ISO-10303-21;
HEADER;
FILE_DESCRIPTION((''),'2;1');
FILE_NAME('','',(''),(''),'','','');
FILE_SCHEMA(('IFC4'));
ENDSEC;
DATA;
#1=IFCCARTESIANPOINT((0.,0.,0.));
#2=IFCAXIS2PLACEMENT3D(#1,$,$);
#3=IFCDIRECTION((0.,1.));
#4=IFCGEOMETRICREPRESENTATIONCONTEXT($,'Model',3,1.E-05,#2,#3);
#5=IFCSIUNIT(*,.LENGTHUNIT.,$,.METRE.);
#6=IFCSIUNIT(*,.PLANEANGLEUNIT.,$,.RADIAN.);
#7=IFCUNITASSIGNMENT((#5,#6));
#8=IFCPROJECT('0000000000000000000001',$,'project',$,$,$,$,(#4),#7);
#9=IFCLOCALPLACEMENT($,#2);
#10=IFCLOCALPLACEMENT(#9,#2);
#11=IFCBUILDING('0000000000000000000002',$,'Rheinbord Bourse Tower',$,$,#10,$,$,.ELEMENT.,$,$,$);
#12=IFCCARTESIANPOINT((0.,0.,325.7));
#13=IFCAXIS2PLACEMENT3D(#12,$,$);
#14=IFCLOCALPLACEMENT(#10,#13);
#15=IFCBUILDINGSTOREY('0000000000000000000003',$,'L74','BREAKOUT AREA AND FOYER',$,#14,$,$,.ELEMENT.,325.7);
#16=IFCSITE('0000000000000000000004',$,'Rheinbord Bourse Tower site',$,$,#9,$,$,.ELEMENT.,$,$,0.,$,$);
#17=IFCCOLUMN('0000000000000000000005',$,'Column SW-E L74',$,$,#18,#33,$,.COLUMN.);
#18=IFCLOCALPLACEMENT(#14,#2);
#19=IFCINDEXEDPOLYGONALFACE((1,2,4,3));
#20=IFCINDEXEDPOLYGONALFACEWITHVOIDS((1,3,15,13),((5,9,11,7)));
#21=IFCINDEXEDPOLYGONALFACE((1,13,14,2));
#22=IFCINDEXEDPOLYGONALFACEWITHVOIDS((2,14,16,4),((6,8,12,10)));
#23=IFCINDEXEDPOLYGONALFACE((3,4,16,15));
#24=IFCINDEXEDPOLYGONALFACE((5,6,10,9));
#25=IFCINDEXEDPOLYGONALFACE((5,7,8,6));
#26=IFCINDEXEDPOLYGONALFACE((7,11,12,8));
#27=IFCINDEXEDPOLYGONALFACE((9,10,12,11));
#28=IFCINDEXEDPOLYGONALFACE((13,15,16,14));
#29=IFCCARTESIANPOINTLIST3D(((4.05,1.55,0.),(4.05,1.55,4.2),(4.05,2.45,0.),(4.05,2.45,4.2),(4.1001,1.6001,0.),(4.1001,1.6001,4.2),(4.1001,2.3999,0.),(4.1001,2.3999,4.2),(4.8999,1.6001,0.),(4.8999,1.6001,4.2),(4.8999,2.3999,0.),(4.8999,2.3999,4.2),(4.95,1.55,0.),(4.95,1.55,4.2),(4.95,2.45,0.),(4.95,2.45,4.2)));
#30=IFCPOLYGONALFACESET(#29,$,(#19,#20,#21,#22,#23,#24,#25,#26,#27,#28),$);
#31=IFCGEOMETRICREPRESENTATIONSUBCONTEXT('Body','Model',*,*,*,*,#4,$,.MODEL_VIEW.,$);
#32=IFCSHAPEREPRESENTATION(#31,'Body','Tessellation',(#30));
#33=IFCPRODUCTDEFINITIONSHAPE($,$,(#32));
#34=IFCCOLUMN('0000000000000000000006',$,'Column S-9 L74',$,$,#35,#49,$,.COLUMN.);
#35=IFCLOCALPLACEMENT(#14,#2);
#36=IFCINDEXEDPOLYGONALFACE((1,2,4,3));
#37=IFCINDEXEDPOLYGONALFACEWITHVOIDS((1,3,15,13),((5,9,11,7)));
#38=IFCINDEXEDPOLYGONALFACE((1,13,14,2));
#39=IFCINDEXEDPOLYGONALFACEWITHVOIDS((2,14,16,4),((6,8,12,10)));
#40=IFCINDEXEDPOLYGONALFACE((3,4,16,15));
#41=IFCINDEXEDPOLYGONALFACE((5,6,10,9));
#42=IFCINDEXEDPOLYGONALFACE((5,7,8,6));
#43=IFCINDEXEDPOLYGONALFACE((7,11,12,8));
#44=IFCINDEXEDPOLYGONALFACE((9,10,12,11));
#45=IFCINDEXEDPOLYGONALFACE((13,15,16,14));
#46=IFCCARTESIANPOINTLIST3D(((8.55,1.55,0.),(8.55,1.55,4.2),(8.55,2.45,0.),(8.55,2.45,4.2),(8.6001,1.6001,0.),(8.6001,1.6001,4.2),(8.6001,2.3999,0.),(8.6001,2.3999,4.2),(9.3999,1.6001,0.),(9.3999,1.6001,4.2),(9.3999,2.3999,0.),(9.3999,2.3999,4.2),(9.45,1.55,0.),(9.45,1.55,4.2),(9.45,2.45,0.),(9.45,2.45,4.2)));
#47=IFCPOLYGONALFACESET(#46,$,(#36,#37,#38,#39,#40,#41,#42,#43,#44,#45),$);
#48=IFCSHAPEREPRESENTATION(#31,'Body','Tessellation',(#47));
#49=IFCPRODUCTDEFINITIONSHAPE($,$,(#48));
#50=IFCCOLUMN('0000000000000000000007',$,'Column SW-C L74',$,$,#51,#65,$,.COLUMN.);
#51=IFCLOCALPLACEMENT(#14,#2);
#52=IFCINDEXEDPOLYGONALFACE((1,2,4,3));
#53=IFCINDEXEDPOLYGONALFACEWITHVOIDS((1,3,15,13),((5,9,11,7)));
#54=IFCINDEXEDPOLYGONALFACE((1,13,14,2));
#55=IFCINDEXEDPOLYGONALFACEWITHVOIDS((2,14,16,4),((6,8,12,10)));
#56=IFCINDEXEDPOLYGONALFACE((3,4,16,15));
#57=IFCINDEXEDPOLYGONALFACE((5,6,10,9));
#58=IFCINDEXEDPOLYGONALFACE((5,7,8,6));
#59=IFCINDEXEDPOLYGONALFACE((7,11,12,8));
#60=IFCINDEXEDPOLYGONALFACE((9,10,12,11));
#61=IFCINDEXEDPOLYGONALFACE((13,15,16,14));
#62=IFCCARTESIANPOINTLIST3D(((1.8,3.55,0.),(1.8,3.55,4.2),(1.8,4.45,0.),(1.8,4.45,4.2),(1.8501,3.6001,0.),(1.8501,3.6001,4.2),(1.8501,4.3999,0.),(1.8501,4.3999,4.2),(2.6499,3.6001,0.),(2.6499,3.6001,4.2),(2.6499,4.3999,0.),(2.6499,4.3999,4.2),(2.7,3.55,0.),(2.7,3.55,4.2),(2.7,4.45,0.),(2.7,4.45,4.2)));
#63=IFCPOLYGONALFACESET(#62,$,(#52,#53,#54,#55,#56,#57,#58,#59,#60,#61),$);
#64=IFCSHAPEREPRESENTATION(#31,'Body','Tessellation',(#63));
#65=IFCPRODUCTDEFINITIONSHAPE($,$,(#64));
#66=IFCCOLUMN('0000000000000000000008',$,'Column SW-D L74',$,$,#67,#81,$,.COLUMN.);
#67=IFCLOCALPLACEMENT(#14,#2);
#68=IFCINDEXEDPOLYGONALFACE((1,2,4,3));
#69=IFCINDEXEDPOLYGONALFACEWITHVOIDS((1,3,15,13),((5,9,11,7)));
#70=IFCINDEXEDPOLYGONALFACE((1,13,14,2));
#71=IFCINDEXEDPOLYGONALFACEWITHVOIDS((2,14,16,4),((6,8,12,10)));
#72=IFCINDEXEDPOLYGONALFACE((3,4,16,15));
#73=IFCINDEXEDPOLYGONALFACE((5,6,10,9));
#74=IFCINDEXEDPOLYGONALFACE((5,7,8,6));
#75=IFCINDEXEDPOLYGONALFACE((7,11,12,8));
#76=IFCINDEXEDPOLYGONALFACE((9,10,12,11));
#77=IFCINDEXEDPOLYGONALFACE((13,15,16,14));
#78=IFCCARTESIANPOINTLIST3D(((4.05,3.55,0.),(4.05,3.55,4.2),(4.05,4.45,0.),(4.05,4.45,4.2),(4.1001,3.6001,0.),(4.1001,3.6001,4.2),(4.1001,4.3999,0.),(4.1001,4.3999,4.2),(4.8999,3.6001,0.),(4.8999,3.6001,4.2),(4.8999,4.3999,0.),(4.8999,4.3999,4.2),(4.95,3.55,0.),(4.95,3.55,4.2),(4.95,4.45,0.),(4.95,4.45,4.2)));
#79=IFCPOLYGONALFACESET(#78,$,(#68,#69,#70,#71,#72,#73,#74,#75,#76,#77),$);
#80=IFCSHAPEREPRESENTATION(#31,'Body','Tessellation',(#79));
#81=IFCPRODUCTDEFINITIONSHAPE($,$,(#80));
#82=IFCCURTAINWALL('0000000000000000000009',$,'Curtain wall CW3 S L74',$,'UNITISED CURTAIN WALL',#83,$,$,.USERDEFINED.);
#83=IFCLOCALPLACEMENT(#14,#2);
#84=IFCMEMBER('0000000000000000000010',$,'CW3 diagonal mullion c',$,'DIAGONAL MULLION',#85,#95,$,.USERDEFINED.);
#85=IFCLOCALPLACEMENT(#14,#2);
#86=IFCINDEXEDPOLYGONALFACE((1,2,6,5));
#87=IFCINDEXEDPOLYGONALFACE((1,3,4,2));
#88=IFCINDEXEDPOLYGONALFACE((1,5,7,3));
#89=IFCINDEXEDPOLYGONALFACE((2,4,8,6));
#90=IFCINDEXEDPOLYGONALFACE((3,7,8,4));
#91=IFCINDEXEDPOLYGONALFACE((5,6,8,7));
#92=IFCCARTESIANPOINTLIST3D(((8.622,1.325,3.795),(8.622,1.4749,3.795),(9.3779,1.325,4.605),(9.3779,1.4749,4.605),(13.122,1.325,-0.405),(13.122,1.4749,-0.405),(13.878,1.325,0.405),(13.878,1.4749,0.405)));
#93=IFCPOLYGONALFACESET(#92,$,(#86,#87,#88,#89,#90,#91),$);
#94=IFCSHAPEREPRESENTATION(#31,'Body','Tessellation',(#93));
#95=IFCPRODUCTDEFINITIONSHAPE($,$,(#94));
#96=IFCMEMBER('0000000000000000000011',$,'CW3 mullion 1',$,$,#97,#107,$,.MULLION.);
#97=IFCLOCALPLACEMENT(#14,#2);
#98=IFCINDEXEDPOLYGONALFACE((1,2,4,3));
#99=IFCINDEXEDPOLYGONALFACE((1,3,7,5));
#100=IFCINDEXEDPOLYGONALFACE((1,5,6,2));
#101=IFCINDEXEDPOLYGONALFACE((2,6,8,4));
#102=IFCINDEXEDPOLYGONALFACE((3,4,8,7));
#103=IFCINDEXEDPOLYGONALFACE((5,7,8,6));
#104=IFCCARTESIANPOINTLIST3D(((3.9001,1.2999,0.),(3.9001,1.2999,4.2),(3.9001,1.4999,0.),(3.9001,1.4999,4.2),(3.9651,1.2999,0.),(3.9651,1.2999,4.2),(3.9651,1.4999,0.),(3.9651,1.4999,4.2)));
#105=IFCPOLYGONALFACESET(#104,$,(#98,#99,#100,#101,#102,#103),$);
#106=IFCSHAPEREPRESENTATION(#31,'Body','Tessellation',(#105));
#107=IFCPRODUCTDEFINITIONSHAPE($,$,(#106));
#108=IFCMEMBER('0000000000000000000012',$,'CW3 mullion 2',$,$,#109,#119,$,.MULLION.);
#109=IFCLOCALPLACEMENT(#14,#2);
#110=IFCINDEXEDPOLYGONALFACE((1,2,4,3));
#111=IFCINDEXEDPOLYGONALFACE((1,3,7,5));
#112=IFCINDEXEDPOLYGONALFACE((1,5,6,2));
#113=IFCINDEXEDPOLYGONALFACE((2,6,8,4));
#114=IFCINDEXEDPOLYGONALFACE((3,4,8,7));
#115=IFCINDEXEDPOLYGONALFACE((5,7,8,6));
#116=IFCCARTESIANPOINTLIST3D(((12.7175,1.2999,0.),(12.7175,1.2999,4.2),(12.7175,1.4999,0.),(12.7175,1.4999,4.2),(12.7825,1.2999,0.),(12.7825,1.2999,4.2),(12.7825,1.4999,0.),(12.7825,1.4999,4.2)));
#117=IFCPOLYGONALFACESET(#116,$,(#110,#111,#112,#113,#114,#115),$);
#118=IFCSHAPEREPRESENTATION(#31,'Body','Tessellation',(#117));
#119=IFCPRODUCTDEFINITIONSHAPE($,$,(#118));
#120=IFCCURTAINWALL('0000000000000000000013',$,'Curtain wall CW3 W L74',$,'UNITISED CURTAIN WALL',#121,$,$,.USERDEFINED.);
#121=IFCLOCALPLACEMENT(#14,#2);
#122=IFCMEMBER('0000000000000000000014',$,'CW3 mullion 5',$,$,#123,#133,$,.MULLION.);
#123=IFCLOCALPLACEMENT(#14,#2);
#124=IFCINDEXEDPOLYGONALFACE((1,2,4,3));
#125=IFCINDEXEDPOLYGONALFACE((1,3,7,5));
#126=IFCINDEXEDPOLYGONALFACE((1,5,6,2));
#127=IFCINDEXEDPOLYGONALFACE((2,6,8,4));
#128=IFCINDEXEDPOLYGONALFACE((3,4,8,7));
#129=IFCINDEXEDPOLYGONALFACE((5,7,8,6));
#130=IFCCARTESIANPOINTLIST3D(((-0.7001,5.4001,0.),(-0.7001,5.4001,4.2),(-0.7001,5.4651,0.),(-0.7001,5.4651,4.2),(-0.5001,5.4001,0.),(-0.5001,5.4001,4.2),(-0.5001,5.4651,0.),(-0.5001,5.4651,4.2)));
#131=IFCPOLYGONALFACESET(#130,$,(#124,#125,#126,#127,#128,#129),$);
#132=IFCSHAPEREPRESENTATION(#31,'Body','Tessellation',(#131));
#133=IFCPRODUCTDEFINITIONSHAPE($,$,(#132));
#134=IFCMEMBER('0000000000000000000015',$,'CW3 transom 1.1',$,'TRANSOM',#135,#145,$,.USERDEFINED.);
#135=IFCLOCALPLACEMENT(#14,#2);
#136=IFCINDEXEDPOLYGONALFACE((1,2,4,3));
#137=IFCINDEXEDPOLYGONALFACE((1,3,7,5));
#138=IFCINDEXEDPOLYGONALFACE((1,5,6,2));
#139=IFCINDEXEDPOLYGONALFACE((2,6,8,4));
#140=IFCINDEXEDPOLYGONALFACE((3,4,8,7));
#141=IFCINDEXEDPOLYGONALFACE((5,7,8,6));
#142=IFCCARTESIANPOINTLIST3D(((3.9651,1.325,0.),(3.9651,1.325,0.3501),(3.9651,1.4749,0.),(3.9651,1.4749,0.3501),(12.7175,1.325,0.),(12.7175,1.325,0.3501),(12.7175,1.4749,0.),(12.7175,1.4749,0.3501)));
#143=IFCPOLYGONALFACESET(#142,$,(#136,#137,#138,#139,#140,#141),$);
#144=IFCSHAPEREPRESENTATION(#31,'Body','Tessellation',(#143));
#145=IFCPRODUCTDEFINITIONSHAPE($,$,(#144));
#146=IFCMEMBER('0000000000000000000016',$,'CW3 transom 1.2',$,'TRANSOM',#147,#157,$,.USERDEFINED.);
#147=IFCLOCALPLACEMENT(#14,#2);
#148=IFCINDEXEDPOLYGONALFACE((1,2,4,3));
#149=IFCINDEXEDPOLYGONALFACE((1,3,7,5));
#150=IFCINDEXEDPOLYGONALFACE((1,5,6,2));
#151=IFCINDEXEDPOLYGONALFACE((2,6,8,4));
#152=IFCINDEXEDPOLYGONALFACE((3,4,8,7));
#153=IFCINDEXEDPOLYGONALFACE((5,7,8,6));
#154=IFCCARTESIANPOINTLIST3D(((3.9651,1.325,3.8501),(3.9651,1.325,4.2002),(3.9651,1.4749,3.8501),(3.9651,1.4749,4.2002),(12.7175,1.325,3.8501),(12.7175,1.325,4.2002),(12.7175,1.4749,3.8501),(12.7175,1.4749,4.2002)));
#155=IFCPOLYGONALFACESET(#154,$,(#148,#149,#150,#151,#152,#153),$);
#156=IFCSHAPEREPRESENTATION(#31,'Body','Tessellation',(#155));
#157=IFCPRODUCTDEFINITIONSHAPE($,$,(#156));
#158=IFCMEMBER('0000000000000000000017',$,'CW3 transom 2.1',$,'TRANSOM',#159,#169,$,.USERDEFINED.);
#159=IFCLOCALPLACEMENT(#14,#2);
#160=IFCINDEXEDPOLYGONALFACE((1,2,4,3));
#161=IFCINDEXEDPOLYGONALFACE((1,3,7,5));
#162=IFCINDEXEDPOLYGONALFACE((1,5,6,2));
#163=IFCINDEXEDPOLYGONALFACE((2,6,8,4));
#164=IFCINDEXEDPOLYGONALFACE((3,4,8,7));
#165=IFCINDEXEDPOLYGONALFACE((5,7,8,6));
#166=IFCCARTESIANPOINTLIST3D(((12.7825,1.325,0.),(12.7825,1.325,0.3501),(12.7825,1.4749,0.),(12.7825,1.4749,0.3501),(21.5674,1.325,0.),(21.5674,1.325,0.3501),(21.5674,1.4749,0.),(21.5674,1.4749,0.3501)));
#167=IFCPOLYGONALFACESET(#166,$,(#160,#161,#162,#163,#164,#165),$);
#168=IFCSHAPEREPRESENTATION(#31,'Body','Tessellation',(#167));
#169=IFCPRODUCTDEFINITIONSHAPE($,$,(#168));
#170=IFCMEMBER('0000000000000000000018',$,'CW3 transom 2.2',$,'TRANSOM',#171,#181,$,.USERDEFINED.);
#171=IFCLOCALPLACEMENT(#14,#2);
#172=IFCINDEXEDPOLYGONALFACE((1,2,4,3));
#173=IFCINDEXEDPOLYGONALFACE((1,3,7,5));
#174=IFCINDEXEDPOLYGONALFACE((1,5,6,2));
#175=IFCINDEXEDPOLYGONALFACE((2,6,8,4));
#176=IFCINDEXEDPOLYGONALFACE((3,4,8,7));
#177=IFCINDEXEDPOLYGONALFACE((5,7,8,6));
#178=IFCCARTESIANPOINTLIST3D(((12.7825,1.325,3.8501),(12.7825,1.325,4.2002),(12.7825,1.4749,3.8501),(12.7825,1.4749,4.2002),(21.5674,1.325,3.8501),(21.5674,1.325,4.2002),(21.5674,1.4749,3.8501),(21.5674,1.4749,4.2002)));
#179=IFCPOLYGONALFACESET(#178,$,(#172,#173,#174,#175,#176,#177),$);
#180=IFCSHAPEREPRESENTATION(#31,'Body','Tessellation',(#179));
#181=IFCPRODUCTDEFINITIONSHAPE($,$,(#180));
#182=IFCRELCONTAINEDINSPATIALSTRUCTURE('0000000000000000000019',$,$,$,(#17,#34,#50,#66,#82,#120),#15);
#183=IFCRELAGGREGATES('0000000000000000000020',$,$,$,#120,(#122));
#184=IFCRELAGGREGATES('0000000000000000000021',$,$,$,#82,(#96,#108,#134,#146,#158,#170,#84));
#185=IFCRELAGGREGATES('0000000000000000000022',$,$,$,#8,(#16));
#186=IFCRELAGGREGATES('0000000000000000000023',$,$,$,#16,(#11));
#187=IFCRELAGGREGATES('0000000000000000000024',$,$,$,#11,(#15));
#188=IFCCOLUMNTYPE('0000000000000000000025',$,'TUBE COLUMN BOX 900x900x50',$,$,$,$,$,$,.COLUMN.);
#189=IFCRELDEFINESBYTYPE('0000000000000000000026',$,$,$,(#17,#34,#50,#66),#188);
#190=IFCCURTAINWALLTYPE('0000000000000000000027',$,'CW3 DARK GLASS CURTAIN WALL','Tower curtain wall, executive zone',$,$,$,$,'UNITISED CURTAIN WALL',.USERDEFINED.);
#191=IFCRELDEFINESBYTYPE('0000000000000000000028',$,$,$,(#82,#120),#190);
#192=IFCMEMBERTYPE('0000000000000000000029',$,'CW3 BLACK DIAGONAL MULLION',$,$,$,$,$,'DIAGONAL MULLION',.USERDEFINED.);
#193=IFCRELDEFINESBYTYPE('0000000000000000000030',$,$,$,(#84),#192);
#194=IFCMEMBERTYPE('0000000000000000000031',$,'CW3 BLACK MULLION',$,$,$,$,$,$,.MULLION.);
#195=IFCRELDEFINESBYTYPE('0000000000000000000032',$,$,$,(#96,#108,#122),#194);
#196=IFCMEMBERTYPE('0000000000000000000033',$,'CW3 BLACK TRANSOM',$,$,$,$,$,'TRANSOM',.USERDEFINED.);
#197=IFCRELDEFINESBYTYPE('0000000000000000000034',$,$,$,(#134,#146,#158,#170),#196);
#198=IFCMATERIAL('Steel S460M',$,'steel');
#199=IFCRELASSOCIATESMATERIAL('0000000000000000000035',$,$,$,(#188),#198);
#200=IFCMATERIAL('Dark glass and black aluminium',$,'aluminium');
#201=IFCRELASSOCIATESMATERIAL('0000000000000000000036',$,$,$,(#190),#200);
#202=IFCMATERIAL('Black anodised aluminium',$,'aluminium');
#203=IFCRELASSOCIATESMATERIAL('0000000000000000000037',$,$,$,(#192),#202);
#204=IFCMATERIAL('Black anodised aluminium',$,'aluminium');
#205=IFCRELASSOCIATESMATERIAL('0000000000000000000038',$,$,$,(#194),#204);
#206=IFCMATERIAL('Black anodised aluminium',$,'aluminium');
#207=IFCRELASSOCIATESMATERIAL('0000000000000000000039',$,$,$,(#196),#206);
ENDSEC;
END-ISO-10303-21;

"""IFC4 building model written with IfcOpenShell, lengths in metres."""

from ifc_helpers import new_model, si_unit, direction, frame, origin, origin_2d, place, context, subcontext, project, spatial, rectangle, hollow_rectangle, extrude, material, material_profile, profile_set, type_object, element, aggregate, save


model = new_model("IFC4")

# Units and contexts
model_context = context("Model", 3, precision=1e-05, world=origin(), true_north=direction((0.0, 1.0)))
body_context = subcontext(model_context, "Body", "Model", "MODEL_VIEW")
ifc_project = project(units=[si_unit("LENGTHUNIT", "METRE"), si_unit("PLANEANGLEUNIT", "RADIAN")], contexts=[model_context])

# Site, building, storey
site_placement = place(None, origin())
site = spatial("IfcSite", under=ifc_project, at=site_placement, Name="Rheinbord Bourse Tower site", CompositionType="ELEMENT", RefElevation=0.0)
building_placement = place(site_placement, origin())
building = spatial("IfcBuilding", under=site, at=building_placement, Name="Rheinbord Bourse Tower", CompositionType="ELEMENT")
storey_placement = place(building_placement, frame((0.0, 0.0, 325.7)))
storey = spatial("IfcBuildingStorey", under=building, at=storey_placement, Name="L74", Description="BREAKOUT AREA AND FOYER", CompositionType="ELEMENT", Elevation=325.7)

# Columns
ifc_material_1 = material(Name="Steel S460M", Category="steel")
ifc_material_profile_1 = material_profile(ifc_material_1, hollow_rectangle(XDim=0.8999, YDim=0.8999, WallThickness=0.05, at=origin_2d()), Name="BOX 900x900x50")
ifc_profile_set_1 = profile_set([ifc_material_profile_1], Name="Steel S460M")
column_type = type_object("IfcColumnType", Name="TUBE COLUMN BOX 900x900x50", PredefinedType="COLUMN", material=ifc_profile_set_1)
for number, where, z_axis, x_axis, name in (
    (1, (4.5, 2.0, 0.0), (0.0, 0.0, 1.0), (0.0, 1.0, 0.0), "Column SW-E L74"),
    (2, (9.0, 2.0, 0.0), (0.0, 0.0, 1.0), (0.0, 1.0, 0.0), "Column S-9 L74"),
    (3, (2.25, 4.0, 0.0), (0.0, 0.0, 1.0), (1.0, 0.0, 0.0), "Column SW-C L74"),
    (4, (4.5, 4.0, 0.0), (0.0, 0.0, 1.0), (0.0, 1.0, 0.0), "Column SW-D L74"),
):
    element("IfcColumn", number, at=place(storey_placement, frame(where, z_axis=z_axis, x_axis=x_axis)), inside=storey, type_object=column_type, Name=name, PredefinedType="COLUMN", context=body_context, shape_type="SweptSolid", body=[
        extrude(hollow_rectangle(XDim=0.8999, YDim=0.8999, WallThickness=0.05, at=origin_2d()), origin(), (0.0, 0.0, 1.0), 4.2),
    ])

# Curtain wall, members
ifc_material_2 = material(Name="Dark glass and black aluminium", Category="aluminium")
curtain_wall_type = type_object("IfcCurtainWallType", Name="CW3 DARK GLASS CURTAIN WALL", Description="Tower curtain wall, executive zone", ElementType="UNITISED CURTAIN WALL", PredefinedType="USERDEFINED", material=ifc_material_2)
curtain_wall_1_placement = place(storey_placement, origin())
curtain_wall_1 = element("IfcCurtainWall", 5, at=curtain_wall_1_placement, inside=storey, type_object=curtain_wall_type, Name="Curtain wall CW3 S L74", ObjectType="UNITISED CURTAIN WALL", PredefinedType="USERDEFINED")
ifc_material_3 = material(Name="Black anodised aluminium", Category="aluminium")
ifc_material_profile_2 = material_profile(ifc_material_3, rectangle(XDim=0.1499, YDim=1.1079, at=origin_2d()), Name="CW3 DIAGONAL MULLION 1108x150")
ifc_profile_set_2 = profile_set([ifc_material_profile_2], Name="Black anodised aluminium")
member_type_1 = type_object("IfcMemberType", Name="CW3 BLACK DIAGONAL MULLION", ElementType="DIAGONAL MULLION", PredefinedType="USERDEFINED", material=ifc_profile_set_2)
member_1_placement = place(storey_placement, frame((13.5, 1.3999, 0.0), z_axis=(-0.731059, 0.0, 0.682314), x_axis=(0.0, -1.0, 0.0)))
member_1 = element("IfcMember", 6, at=member_1_placement, type_object=member_type_1, Name="CW3 diagonal mullion c", ObjectType="DIAGONAL MULLION", PredefinedType="USERDEFINED", context=body_context, shape_type="SweptSolid", body=[
    extrude(rectangle(XDim=0.1499, YDim=1.1079, at=origin_2d()), origin(), (0.0, 0.0, 1.0), 6.1555),
])
ifc_material_4 = material(Name="Black anodised aluminium", Category="aluminium")
ifc_material_profile_3 = material_profile(ifc_material_4, rectangle(XDim=0.2, YDim=0.0649, at=origin_2d()), Name="CW3 MULLION 65x200")
ifc_profile_set_3 = profile_set([ifc_material_profile_3], Name="Black anodised aluminium")
member_type_2 = type_object("IfcMemberType", Name="CW3 BLACK MULLION", PredefinedType="MULLION", material=ifc_profile_set_3)
member_2_placement = place(storey_placement, frame((3.9326, 1.3999, 0.0), z_axis=(0.0, 0.0, 1.0), x_axis=(0.0, 1.0, 0.0)))
member_2 = element("IfcMember", 7, at=member_2_placement, type_object=member_type_2, Name="CW3 mullion 1", PredefinedType="MULLION", context=body_context, shape_type="SweptSolid", body=[
    extrude(rectangle(XDim=0.2, YDim=0.0649, at=origin_2d()), origin(), (0.0, 0.0, 1.0), 4.2),
])
member_3_placement = place(storey_placement, frame((12.75, 1.3999, 0.0), z_axis=(0.0, 0.0, 1.0), x_axis=(0.0, 1.0, 0.0)))
member_3 = element("IfcMember", 8, at=member_3_placement, type_object=member_type_2, Name="CW3 mullion 2", PredefinedType="MULLION", context=body_context, shape_type="SweptSolid", body=[
    extrude(rectangle(XDim=0.2, YDim=0.0649, at=origin_2d()), origin(), (0.0, 0.0, 1.0), 4.2),
])

# Curtain wall, member
curtain_wall_2_placement = place(storey_placement, origin())
curtain_wall_2 = element("IfcCurtainWall", 9, at=curtain_wall_2_placement, inside=storey, type_object=curtain_wall_type, Name="Curtain wall CW3 W L74", ObjectType="UNITISED CURTAIN WALL", PredefinedType="USERDEFINED")
member_4_placement = place(storey_placement, frame((-0.6001, 5.4326, 0.0), z_axis=(0.0, 0.0, 1.0), x_axis=(1.0, 0.0, 0.0)))
member_4 = element("IfcMember", 10, at=member_4_placement, type_object=member_type_2, Name="CW3 mullion 5", PredefinedType="MULLION", context=body_context, shape_type="SweptSolid", body=[
    extrude(rectangle(XDim=0.2, YDim=0.0649, at=origin_2d()), origin(), (0.0, 0.0, 1.0), 4.2),
])
aggregate(curtain_wall_2, [member_4])

# Members
ifc_material_5 = material(Name="Black anodised aluminium", Category="aluminium")
ifc_material_profile_4 = material_profile(ifc_material_5, rectangle(XDim=0.1499, YDim=0.3501, at=origin_2d()), Name="CW3 TRANSOM 350x150")
ifc_profile_set_4 = profile_set([ifc_material_profile_4], Name="Black anodised aluminium")
member_type_3 = type_object("IfcMemberType", Name="CW3 BLACK TRANSOM", ElementType="TRANSOM", PredefinedType="USERDEFINED", material=ifc_profile_set_4)
member_5_placement = place(storey_placement, frame((3.9651, 1.3999, 0.175), z_axis=(1.0, 0.0, 0.0), x_axis=(0.0, 1.0, 0.0)))
member_5 = element("IfcMember", 11, at=member_5_placement, type_object=member_type_3, Name="CW3 transom 1.1", ObjectType="TRANSOM", PredefinedType="USERDEFINED", context=body_context, shape_type="SweptSolid", body=[
    extrude(rectangle(XDim=0.1499, YDim=0.3501, at=origin_2d()), origin(), (0.0, 0.0, 1.0), 8.7524),
])
member_6_placement = place(storey_placement, frame((3.9651, 1.3999, 4.0251), z_axis=(1.0, 0.0, 0.0), x_axis=(0.0, 1.0, 0.0)))
member_6 = element("IfcMember", 12, at=member_6_placement, type_object=member_type_3, Name="CW3 transom 1.2", ObjectType="TRANSOM", PredefinedType="USERDEFINED", context=body_context, shape_type="SweptSolid", body=[
    extrude(rectangle(XDim=0.1499, YDim=0.3501, at=origin_2d()), origin(), (0.0, 0.0, 1.0), 8.7524),
])
member_7_placement = place(storey_placement, frame((12.7825, 1.3999, 0.175), z_axis=(1.0, 0.0, 0.0), x_axis=(0.0, 1.0, 0.0)))
member_7 = element("IfcMember", 13, at=member_7_placement, type_object=member_type_3, Name="CW3 transom 2.1", ObjectType="TRANSOM", PredefinedType="USERDEFINED", context=body_context, shape_type="SweptSolid", body=[
    extrude(rectangle(XDim=0.1499, YDim=0.3501, at=origin_2d()), origin(), (0.0, 0.0, 1.0), 8.7849),
])
member_8_placement = place(storey_placement, frame((12.7825, 1.3999, 4.0251), z_axis=(1.0, 0.0, 0.0), x_axis=(0.0, 1.0, 0.0)))
member_8 = element("IfcMember", 14, at=member_8_placement, type_object=member_type_3, Name="CW3 transom 2.2", ObjectType="TRANSOM", PredefinedType="USERDEFINED", context=body_context, shape_type="SweptSolid", body=[
    extrude(rectangle(XDim=0.1499, YDim=0.3501, at=origin_2d()), origin(), (0.0, 0.0, 1.0), 8.7849),
])

aggregate(curtain_wall_1, [member_2, member_3, member_5, member_6, member_7, member_8, member_1])

save(model, "model.ifc")
